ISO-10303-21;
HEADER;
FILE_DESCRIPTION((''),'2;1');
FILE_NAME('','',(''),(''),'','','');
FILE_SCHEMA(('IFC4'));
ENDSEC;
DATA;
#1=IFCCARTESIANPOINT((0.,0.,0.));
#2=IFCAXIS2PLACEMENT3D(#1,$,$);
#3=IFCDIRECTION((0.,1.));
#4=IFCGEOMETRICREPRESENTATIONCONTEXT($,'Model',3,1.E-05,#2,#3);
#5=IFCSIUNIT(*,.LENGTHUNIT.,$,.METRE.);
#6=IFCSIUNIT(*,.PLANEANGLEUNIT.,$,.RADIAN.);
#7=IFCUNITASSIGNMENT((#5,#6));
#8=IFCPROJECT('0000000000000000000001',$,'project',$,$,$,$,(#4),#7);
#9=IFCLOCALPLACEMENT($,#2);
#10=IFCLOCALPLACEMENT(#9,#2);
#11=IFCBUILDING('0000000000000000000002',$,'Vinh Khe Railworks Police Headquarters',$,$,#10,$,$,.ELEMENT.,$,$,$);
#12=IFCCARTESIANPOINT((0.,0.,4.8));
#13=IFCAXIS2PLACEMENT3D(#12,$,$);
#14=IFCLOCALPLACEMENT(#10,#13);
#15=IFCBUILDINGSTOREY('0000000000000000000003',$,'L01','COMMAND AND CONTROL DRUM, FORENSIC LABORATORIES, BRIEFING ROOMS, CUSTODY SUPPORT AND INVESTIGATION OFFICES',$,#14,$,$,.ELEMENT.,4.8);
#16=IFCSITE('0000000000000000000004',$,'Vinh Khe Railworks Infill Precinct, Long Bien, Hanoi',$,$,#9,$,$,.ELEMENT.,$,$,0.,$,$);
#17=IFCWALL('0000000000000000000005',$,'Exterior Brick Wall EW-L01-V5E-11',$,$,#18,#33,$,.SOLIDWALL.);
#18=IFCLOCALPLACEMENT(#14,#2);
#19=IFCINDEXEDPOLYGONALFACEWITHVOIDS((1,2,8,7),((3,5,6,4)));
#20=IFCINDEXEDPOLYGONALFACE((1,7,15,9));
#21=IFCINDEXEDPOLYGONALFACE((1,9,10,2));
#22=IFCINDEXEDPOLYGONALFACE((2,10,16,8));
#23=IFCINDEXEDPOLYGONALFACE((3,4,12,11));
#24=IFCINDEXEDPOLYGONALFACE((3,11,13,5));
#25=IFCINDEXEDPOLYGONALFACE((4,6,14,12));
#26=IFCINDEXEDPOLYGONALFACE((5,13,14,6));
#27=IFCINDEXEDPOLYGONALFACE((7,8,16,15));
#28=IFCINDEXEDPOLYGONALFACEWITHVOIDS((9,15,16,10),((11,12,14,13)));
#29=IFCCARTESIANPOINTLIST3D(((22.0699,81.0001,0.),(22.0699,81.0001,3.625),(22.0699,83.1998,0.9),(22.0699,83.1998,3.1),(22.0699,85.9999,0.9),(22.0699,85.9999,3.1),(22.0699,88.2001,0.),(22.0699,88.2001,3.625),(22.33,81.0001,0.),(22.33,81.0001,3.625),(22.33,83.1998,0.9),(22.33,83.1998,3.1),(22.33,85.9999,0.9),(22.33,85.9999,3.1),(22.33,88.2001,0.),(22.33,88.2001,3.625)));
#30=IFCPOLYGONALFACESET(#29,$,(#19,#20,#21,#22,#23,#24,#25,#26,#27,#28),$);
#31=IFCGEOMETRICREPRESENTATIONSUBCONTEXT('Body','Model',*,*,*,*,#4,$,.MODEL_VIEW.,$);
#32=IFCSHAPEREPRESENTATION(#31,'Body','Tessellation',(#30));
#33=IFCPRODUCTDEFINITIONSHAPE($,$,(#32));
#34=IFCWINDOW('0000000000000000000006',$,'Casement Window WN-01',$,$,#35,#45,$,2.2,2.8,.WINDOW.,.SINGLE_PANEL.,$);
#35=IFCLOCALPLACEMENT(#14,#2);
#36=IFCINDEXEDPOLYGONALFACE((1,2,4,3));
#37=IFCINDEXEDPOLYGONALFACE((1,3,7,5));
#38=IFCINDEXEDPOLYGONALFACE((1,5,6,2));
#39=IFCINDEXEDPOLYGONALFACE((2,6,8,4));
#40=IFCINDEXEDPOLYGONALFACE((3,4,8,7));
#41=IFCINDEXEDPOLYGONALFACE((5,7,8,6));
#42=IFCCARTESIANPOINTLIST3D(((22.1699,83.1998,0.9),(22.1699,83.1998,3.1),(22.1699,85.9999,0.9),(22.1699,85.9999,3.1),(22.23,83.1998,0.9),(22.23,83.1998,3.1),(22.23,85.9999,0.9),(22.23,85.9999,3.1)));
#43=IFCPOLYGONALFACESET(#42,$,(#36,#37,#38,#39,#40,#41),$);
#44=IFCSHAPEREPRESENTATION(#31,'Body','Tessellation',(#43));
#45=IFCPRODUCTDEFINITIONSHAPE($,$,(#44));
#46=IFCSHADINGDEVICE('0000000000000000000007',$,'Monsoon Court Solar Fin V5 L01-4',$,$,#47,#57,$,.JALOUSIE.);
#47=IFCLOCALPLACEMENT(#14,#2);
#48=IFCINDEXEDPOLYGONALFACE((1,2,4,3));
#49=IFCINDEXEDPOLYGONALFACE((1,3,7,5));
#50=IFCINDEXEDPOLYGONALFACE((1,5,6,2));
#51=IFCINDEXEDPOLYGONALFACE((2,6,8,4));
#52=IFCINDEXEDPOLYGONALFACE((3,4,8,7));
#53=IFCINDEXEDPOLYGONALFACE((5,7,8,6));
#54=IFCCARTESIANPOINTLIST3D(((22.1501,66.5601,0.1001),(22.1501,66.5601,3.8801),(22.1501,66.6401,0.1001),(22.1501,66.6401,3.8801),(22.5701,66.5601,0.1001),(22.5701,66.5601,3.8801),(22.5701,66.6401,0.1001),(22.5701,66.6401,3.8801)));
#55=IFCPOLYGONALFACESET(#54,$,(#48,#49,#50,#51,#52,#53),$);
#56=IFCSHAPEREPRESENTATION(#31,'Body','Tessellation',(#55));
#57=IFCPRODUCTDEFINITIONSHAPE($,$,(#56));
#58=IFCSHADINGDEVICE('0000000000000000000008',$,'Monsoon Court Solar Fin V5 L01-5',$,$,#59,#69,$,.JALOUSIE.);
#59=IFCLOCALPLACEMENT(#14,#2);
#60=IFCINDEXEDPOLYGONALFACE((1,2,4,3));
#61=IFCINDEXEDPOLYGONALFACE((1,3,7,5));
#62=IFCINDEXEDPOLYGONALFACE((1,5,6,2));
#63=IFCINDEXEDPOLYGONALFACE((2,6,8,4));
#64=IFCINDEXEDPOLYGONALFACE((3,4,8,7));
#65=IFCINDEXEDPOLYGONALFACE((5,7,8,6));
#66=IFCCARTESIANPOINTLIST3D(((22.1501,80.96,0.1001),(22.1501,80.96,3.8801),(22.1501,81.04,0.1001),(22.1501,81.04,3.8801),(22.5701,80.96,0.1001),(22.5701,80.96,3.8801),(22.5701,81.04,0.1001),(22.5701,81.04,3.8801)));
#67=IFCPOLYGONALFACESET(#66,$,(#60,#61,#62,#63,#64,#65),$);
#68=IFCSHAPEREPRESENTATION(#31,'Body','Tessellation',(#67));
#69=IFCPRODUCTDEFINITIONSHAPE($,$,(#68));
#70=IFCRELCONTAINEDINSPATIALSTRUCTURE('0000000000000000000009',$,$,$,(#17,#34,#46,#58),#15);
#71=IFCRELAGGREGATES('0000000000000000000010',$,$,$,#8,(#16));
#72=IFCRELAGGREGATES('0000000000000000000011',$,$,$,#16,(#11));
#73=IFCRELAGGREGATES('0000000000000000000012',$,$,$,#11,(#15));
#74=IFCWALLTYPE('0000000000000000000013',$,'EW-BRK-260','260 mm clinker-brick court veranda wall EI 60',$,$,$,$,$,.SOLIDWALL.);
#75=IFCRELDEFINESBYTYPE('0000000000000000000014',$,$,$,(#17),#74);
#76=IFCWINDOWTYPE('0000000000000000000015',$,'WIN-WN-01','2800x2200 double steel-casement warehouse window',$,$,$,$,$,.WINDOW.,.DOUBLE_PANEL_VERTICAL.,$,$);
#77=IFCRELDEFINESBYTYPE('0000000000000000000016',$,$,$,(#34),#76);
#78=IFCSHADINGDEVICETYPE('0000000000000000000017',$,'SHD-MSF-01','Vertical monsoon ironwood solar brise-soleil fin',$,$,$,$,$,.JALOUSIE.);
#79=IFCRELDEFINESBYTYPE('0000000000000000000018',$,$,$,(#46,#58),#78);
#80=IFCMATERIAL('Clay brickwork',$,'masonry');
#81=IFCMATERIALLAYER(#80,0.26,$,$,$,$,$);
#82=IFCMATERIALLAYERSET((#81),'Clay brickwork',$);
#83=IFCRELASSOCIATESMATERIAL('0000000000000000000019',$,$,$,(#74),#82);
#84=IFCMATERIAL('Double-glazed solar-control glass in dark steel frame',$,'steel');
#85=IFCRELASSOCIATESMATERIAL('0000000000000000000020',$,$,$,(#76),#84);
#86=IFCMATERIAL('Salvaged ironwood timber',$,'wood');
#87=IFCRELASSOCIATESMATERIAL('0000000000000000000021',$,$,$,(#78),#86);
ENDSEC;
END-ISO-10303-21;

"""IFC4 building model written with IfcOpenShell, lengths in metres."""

from ifc_helpers import new_model, si_unit, direction, frame, frame_2d, origin, origin_2d, place, context, subcontext, project, spatial, rectangle, extrude, material, layer, layer_set, type_object, element, fill, save


model = new_model("IFC4")

# Units and contexts
model_context = context("Model", 3, precision=1e-05, world=origin(), true_north=direction((0.0, 1.0)))
body_context = subcontext(model_context, "Body", "Model", "MODEL_VIEW")
ifc_project = project(units=[si_unit("LENGTHUNIT", "METRE"), si_unit("PLANEANGLEUNIT", "RADIAN")], contexts=[model_context])

# Site, building, storey
site_placement = place(None, origin())
site = spatial("IfcSite", under=ifc_project, at=site_placement, Name="Vinh Khe Railworks Infill Precinct, Long Bien, Hanoi", CompositionType="ELEMENT", RefElevation=0.0)
building_placement = place(site_placement, origin())
building = spatial("IfcBuilding", under=site, at=building_placement, Name="Vinh Khe Railworks Police Headquarters", CompositionType="ELEMENT")
storey_placement = place(building_placement, frame((0.0, 0.0, 4.8)))
storey = spatial("IfcBuildingStorey", under=building, at=storey_placement, Name="L01", Description="COMMAND AND CONTROL DRUM, FORENSIC LABORATORIES, BRIEFING ROOMS, CUSTODY SUPPORT AND INVESTIGATION OFFICES", CompositionType="ELEMENT", Elevation=4.8)

# Wall, opening, window
ifc_material_1 = material(Name="Clay brickwork", Category="masonry")
ifc_layer = layer(ifc_material_1, 0.26)
ifc_layer_set = layer_set([ifc_layer], Name="Clay brickwork")
wall_type = type_object("IfcWallType", Name="EW-BRK-260", Description="260 mm clinker-brick court veranda wall EI 60", PredefinedType="SOLIDWALL", material=ifc_layer_set)
ifc_material_2 = material(Name="Double-glazed solar-control glass in dark steel frame", Category="steel")
window_type = type_object("IfcWindowType", Name="WIN-WN-01", Description="2800x2200 double steel-casement warehouse window", PartitioningType="DOUBLE_PANEL_VERTICAL", PredefinedType="WINDOW", material=ifc_material_2)
wall_1_placement = place(storey_placement, frame((22.2, 81.0, 0.0), z_axis=(0.0, 0.0, 1.0), x_axis=(0.0, 1.0, 0.0)))
wall_1 = element("IfcWall", 1, at=wall_1_placement, inside=storey, type_object=wall_type, Name="Exterior Brick Wall EW-L01-V5E-11", PredefinedType="SOLIDWALL", context=body_context, shape_type="SweptSolid", body=[
    extrude(rectangle(XDim=7.2, YDim=0.26, at=frame_2d((3.6001, 0.0))), origin(), (0.0, 0.0, 1.0), 3.625),
])
opening_1_placement = place(wall_1_placement, frame((2.2, 0.0, 0.8999)))
opening_1 = element("IfcOpeningElement", 2, at=opening_1_placement, cuts=wall_1, PredefinedType="OPENING", context=body_context, shape_type="SweptSolid", body=[
    extrude(rectangle(XDim=2.8, YDim=2.2, at=frame_2d((1.3999, 1.1001))), frame((0.0, 0.145, 0.0), z_axis=(0.0, -1.0, 0.0), x_axis=(1.0, 0.0, 0.0)), (0.0, 0.0, 1.0), 0.2898),
])
window_1_placement = place(opening_1_placement, origin())
window_1 = element("IfcWindow", 3, at=window_1_placement, inside=storey, type_object=window_type, Name="Casement Window WN-01", OverallHeight=2.2, OverallWidth=2.8, PartitioningType="SINGLE_PANEL", PredefinedType="WINDOW", context=body_context, shape_type="SweptSolid", body=[
    extrude(rectangle(XDim=2.8, YDim=2.2, at=frame_2d((1.3999, 1.1001))), frame((0.0, 0.03, 0.0), z_axis=(0.0, -1.0, 0.0), x_axis=(1.0, 0.0, 0.0)), (0.0, 0.0, 1.0), 0.0601),
])
fill(opening_1, window_1)

# Shading devices
ifc_material_3 = material(Name="Salvaged ironwood timber", Category="wood")
shading_device_type = type_object("IfcShadingDeviceType", Name="SHD-MSF-01", Description="Vertical monsoon ironwood solar brise-soleil fin", PredefinedType="JALOUSIE", material=ifc_material_3)
for number, where, z_axis, x_axis, name in (
    (4, (22.3601, 66.6001, 0.1001), (0.0, 0.0, 1.0), (1.0, 0.0, 0.0), "Monsoon Court Solar Fin V5 L01-4"),
    (5, (22.3601, 81.0, 0.1001), (0.0, 0.0, 1.0), (1.0, 0.0, 0.0), "Monsoon Court Solar Fin V5 L01-5"),
):
    element("IfcShadingDevice", number, at=place(storey_placement, frame(where, z_axis=z_axis, x_axis=x_axis)), inside=storey, type_object=shading_device_type, Name=name, PredefinedType="JALOUSIE", context=body_context, shape_type="SweptSolid", body=[
        extrude(rectangle(XDim=0.4199, YDim=0.0801, at=origin_2d()), origin(), (0.0, 0.0, 1.0), 3.78),
    ])

save(model, "model.ifc")
